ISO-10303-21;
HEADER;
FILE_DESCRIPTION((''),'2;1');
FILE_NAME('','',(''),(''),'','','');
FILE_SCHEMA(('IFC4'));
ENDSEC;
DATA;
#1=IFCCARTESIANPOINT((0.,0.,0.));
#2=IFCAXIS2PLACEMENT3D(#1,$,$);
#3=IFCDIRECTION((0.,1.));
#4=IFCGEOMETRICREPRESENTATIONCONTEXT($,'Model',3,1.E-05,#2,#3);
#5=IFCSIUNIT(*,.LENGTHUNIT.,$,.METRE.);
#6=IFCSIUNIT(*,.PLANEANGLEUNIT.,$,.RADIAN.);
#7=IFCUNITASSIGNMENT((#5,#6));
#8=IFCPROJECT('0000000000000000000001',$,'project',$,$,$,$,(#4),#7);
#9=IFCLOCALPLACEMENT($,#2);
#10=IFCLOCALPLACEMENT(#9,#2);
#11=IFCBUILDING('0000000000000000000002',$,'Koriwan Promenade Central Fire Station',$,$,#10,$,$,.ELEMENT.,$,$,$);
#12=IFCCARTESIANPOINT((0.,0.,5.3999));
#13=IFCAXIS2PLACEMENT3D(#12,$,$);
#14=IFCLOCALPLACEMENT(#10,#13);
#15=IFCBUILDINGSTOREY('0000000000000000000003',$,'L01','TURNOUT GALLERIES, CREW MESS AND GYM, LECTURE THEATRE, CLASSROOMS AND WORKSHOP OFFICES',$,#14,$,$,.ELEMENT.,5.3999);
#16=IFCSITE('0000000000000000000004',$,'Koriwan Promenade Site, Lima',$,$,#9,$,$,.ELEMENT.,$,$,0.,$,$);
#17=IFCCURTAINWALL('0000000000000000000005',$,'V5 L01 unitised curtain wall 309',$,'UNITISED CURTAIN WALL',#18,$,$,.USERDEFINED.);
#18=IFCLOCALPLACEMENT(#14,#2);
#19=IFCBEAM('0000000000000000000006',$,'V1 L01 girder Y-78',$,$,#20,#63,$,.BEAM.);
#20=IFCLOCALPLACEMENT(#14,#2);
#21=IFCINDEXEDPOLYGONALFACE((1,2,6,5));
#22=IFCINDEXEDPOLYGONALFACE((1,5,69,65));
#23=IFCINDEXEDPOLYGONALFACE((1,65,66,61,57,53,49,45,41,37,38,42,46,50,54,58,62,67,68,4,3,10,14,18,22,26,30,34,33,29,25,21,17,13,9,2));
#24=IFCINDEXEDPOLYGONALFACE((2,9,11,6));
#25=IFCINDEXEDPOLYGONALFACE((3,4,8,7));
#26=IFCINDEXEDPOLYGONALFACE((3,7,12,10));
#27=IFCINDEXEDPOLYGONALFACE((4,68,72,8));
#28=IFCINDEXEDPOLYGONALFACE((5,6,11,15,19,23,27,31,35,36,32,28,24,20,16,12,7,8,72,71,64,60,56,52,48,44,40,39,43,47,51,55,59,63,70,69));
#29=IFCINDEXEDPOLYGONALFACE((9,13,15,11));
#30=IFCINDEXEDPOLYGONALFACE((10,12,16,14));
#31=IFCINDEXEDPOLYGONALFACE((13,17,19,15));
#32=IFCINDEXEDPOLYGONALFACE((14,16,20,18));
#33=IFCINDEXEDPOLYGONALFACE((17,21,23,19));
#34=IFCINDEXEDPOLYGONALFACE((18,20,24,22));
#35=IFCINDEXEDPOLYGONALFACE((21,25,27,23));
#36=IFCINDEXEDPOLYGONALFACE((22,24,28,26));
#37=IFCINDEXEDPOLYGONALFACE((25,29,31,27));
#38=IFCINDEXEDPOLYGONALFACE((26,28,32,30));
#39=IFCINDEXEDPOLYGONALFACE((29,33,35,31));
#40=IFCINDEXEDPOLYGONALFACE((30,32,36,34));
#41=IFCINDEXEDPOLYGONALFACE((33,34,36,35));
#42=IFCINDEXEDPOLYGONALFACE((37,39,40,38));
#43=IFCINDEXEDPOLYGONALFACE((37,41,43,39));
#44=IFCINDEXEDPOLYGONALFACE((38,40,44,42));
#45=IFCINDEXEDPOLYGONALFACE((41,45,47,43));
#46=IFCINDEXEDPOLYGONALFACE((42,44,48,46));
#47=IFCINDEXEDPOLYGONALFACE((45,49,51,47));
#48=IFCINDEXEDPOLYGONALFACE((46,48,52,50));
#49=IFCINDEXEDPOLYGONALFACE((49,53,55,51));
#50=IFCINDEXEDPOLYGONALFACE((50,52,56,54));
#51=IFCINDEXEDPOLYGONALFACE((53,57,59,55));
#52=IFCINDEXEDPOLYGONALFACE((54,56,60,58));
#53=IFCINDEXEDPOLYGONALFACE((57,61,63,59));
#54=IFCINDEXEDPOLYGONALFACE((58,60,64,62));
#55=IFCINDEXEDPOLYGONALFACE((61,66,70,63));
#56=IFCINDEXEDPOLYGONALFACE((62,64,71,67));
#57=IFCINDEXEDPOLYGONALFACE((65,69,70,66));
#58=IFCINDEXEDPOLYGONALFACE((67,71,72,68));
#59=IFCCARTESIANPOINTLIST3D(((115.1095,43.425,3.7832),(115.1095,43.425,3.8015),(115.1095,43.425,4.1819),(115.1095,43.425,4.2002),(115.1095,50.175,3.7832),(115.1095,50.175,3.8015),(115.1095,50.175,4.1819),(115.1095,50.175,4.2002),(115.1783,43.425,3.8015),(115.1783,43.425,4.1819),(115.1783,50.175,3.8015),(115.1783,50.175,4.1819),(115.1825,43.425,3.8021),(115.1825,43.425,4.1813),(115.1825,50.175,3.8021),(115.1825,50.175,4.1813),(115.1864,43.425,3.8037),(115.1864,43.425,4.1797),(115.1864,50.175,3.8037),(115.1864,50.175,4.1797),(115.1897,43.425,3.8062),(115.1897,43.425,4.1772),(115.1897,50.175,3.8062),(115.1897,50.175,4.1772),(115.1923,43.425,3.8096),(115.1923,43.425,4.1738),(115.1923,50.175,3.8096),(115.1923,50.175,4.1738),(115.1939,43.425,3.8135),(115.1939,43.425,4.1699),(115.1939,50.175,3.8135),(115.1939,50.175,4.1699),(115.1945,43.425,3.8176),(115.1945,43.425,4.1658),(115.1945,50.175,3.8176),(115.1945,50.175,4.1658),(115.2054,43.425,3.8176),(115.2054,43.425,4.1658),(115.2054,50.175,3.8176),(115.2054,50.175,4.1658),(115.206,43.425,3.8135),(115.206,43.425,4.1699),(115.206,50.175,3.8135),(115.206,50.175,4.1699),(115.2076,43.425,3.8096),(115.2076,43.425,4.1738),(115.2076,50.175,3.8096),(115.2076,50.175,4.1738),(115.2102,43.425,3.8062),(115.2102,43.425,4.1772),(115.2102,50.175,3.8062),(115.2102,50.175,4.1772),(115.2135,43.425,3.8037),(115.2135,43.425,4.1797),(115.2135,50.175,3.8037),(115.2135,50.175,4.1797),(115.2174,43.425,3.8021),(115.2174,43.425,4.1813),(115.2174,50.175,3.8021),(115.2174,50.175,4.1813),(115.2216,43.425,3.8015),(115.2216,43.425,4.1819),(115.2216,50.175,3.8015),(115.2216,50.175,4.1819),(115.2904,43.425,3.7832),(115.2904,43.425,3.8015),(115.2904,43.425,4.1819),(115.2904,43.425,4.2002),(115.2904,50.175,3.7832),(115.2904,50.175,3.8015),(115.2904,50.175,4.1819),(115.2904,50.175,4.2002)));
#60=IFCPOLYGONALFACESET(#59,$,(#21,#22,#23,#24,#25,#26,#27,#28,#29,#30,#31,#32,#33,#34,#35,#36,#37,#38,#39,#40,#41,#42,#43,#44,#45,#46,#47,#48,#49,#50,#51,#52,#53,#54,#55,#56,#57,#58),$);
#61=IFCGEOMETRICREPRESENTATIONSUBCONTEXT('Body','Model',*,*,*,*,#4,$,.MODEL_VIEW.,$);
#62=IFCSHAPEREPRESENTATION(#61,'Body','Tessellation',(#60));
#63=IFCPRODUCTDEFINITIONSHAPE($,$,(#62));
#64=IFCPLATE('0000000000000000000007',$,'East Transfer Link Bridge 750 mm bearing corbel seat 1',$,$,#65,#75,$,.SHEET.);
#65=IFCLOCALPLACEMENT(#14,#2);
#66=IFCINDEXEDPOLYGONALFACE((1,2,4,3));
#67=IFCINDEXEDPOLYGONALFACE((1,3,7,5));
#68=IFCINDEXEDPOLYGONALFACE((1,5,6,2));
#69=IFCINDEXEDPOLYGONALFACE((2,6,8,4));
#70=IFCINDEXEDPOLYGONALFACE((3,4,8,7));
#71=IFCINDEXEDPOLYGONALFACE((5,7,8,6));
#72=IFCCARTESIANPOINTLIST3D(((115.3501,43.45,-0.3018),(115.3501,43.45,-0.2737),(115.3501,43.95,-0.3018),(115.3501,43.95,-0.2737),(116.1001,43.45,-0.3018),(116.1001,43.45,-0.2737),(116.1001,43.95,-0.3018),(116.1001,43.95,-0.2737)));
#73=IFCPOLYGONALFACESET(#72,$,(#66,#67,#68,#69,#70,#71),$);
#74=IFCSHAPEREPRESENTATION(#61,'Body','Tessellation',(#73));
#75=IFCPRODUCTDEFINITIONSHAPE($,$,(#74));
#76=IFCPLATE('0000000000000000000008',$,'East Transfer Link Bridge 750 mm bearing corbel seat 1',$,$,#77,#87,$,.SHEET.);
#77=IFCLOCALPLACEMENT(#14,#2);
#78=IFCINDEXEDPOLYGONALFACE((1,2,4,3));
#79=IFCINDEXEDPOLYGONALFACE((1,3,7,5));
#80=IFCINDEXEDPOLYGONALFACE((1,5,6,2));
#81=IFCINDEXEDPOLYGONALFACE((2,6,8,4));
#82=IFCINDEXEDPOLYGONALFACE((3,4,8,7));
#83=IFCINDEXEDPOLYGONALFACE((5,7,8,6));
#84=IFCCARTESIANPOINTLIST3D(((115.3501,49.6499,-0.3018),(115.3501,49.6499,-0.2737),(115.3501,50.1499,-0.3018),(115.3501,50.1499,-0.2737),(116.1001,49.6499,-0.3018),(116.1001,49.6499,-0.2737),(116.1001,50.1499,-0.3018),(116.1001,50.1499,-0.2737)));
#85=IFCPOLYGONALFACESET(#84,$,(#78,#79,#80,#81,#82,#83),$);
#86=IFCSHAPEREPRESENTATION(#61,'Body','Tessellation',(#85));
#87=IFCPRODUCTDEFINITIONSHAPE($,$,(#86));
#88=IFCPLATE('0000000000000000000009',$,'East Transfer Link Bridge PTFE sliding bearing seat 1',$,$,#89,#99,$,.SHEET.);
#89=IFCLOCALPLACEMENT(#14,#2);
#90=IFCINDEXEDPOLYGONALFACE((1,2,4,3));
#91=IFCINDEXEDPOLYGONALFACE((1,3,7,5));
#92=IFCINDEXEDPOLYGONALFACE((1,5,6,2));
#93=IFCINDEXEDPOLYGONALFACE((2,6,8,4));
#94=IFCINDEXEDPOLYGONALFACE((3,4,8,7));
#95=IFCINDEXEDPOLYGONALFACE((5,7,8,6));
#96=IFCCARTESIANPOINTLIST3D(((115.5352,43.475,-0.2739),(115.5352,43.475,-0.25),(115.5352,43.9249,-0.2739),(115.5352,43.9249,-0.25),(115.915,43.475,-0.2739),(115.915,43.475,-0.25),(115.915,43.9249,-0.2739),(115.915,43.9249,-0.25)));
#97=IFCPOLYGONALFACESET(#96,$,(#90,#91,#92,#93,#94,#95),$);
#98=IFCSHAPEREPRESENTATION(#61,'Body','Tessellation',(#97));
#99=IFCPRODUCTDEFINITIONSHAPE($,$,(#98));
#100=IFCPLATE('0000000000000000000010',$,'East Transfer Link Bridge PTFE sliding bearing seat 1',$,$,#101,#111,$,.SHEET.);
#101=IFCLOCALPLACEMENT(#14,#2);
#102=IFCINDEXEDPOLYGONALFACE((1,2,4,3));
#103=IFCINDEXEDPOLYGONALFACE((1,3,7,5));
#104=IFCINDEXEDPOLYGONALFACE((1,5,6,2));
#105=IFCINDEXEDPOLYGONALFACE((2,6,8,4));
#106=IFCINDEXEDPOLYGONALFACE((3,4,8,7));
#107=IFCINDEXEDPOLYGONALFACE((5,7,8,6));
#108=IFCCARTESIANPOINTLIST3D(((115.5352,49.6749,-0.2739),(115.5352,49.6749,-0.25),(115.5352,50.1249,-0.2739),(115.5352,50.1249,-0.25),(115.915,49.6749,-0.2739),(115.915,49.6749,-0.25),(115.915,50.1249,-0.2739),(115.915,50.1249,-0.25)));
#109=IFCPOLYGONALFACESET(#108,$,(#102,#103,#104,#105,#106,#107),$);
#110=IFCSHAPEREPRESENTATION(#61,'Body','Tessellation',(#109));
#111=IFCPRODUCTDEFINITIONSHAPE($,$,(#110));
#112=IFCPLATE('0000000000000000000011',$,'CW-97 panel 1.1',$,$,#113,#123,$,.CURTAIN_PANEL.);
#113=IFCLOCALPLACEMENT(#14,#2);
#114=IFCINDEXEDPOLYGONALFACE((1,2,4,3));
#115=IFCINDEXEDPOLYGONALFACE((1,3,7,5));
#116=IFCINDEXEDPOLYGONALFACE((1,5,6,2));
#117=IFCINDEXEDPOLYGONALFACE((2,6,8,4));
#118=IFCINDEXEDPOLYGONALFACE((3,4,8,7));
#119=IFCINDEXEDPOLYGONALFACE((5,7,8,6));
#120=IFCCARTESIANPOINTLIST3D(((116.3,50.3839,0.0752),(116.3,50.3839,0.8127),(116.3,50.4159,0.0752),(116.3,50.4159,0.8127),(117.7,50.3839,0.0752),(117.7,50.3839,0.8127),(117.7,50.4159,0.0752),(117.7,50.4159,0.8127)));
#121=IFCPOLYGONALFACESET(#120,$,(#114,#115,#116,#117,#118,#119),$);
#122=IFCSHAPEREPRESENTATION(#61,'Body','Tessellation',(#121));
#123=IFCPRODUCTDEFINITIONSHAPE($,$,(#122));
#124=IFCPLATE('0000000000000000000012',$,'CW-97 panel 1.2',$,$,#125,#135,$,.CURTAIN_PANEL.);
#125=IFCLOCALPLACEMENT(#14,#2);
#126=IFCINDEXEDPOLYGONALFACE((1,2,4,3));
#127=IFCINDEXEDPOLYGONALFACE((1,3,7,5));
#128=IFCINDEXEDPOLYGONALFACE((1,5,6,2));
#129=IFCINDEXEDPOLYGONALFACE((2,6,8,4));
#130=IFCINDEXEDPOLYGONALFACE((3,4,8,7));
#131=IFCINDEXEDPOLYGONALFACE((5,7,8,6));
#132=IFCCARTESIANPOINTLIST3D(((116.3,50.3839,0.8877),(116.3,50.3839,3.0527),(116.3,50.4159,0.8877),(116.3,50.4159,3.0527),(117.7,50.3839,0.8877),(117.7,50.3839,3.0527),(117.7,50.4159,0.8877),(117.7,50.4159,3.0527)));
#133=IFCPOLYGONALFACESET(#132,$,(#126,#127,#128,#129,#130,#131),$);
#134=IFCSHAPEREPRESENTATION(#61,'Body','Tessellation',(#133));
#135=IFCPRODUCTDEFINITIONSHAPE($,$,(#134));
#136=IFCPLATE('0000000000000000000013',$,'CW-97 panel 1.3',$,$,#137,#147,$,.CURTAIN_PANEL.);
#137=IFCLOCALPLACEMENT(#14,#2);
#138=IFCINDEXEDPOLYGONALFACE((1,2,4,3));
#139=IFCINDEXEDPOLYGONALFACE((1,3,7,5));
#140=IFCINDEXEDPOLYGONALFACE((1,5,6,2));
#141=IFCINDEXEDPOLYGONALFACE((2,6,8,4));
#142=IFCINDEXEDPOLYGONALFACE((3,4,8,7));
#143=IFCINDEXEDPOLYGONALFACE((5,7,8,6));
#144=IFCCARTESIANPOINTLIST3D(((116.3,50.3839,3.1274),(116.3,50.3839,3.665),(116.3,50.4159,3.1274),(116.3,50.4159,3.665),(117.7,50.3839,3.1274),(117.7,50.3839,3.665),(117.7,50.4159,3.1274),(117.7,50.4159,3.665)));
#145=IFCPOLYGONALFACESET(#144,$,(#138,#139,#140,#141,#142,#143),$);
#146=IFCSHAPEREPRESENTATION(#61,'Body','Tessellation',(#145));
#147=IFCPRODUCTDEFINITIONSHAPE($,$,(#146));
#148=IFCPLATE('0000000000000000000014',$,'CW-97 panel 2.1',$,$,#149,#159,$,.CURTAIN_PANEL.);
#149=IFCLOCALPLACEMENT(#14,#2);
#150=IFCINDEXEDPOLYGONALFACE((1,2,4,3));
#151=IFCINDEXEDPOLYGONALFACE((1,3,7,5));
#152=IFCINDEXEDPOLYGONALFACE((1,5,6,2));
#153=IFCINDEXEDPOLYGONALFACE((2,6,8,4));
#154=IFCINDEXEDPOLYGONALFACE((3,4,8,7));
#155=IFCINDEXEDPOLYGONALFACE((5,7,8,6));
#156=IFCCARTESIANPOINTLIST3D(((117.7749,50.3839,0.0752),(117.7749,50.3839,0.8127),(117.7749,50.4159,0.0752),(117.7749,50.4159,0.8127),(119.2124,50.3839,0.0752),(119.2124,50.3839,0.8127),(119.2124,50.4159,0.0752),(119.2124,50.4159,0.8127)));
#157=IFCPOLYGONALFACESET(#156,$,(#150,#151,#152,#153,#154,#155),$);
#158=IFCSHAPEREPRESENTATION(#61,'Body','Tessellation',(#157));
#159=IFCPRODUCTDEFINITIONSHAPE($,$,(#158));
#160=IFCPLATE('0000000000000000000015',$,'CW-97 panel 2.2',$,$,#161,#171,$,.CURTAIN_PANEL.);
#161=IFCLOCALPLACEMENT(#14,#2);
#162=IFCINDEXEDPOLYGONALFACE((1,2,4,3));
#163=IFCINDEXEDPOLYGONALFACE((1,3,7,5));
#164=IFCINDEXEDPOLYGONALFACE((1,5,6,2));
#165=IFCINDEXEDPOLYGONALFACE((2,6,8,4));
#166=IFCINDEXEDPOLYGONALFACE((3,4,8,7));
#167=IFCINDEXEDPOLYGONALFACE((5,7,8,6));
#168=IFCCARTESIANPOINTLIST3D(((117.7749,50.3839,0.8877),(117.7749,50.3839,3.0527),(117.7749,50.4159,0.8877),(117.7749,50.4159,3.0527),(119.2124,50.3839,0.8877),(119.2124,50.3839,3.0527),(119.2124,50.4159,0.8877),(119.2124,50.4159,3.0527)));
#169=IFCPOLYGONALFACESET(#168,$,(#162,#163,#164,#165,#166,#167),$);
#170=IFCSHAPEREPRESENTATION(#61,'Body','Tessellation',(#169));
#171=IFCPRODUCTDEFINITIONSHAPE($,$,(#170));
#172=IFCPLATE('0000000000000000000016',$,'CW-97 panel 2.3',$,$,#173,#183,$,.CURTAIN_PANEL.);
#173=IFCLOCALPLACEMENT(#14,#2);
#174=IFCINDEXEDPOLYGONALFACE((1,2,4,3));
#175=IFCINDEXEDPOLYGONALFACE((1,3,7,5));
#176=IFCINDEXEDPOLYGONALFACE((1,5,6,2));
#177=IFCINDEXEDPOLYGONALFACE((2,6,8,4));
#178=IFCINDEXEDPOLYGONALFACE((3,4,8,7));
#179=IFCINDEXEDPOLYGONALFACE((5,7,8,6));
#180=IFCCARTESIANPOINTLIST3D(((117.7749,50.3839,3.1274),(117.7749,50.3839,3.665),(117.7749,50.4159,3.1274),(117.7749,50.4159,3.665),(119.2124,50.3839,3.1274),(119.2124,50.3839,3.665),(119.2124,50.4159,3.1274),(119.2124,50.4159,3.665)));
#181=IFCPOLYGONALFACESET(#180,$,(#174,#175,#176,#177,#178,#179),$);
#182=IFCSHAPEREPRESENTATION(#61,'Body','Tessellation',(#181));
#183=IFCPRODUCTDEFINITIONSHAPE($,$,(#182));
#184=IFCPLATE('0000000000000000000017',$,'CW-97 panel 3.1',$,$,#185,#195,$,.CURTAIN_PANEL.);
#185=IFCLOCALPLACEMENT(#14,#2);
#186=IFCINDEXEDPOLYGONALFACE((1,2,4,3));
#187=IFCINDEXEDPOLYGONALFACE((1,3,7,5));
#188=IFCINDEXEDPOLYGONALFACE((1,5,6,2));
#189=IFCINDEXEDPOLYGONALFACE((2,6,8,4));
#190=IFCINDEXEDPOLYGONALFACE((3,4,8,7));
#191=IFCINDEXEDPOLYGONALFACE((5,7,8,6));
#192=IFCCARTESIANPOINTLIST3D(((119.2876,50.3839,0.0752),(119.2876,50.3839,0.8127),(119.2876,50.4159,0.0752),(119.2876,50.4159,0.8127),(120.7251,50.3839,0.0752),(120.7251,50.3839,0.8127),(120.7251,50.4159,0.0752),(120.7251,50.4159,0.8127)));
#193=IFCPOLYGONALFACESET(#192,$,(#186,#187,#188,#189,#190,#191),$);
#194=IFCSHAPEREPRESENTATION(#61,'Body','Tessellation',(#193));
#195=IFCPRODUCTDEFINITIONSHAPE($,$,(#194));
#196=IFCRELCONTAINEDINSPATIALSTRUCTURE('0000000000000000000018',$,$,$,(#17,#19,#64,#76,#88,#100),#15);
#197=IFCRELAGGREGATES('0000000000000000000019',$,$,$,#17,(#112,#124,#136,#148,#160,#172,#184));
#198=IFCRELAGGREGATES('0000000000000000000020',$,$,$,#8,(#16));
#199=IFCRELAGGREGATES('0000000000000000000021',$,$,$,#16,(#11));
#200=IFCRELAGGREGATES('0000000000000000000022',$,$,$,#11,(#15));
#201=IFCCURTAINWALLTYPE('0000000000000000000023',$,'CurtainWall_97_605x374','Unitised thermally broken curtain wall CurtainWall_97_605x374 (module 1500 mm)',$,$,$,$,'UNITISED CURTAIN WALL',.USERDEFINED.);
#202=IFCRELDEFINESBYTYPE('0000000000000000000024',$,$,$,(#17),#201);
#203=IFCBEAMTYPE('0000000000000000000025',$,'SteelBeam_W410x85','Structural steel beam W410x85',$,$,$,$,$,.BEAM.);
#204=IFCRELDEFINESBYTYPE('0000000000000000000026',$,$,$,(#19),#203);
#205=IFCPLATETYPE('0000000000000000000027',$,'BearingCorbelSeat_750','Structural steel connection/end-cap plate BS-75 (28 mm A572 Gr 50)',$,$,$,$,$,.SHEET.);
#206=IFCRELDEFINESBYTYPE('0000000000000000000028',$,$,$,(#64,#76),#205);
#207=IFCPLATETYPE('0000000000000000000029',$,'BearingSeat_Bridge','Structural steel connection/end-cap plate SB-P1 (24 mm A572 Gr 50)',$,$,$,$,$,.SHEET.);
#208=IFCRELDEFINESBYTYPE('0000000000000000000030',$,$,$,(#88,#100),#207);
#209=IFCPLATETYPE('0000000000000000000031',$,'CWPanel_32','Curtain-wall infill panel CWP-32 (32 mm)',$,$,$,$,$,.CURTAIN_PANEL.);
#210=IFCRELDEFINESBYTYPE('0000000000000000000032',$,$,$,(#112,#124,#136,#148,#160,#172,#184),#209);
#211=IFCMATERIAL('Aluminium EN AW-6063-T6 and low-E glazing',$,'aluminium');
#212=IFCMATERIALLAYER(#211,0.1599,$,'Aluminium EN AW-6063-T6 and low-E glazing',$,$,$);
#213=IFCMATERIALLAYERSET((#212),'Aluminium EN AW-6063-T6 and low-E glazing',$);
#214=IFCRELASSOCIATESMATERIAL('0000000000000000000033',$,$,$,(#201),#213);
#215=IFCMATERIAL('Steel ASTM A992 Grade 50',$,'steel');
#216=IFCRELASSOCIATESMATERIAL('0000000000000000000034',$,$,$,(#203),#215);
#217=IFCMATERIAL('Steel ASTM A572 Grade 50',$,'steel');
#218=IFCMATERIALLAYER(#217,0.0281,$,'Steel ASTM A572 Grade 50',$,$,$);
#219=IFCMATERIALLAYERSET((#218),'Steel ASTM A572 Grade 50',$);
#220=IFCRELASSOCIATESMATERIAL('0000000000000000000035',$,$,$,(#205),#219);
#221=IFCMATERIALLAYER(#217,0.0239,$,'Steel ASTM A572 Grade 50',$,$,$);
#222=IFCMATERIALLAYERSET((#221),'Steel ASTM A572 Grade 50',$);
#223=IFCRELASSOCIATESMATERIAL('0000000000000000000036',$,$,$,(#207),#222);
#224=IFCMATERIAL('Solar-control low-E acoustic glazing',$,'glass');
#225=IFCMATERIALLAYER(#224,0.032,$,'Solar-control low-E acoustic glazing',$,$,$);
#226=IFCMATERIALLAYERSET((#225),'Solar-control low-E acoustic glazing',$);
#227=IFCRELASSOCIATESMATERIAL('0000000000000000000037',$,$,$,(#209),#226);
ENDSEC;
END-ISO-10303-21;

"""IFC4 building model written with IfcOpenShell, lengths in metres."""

from ifc_helpers import new_model, si_unit, direction, frame, origin, origin_2d, place, context, subcontext, project, spatial, rectangle, i_section, extrude, material, layer, layer_set, material_profile, profile_set, type_object, element, aggregate, save


model = new_model("IFC4")

# Units and contexts
model_context = context("Model", 3, precision=1e-05, world=origin(), true_north=direction((0.0, 1.0)))
body_context = subcontext(model_context, "Body", "Model", "MODEL_VIEW")
ifc_project = project(units=[si_unit("LENGTHUNIT", "METRE"), si_unit("PLANEANGLEUNIT", "RADIAN")], contexts=[model_context])

# Site, building, storey
site_placement = place(None, origin())
site = spatial("IfcSite", under=ifc_project, at=site_placement, Name="Koriwan Promenade Site, Lima", CompositionType="ELEMENT", RefElevation=0.0)
building_placement = place(site_placement, origin())
building = spatial("IfcBuilding", under=site, at=building_placement, Name="Koriwan Promenade Central Fire Station", CompositionType="ELEMENT")
storey_placement = place(building_placement, frame((0.0, 0.0, 5.3999)))
storey = spatial("IfcBuildingStorey", under=building, at=storey_placement, Name="L01", Description="TURNOUT GALLERIES, CREW MESS AND GYM, LECTURE THEATRE, CLASSROOMS AND WORKSHOP OFFICES", CompositionType="ELEMENT", Elevation=5.3999)

# Curtain wall
ifc_material_1 = material(Name="Aluminium EN AW-6063-T6 and low-E glazing", Category="aluminium")
ifc_layer_1 = layer(ifc_material_1, 0.1599, Name="Aluminium EN AW-6063-T6 and low-E glazing")
ifc_layer_set_1 = layer_set([ifc_layer_1], Name="Aluminium EN AW-6063-T6 and low-E glazing")
curtain_wall_type = type_object("IfcCurtainWallType", Name="CurtainWall_97_605x374", Description="Unitised thermally broken curtain wall CurtainWall_97_605x374 (module 1500 mm)", ElementType="UNITISED CURTAIN WALL", PredefinedType="USERDEFINED", material=ifc_layer_set_1)
curtain_wall_placement = place(storey_placement, origin())
curtain_wall = element("IfcCurtainWall", 1, at=curtain_wall_placement, inside=storey, type_object=curtain_wall_type, Name="V5 L01 unitised curtain wall 309", ObjectType="UNITISED CURTAIN WALL", PredefinedType="USERDEFINED")

# Beam
ifc_material_2 = material(Name="Steel ASTM A992 Grade 50", Category="steel")
ifc_material_profile_1 = material_profile(ifc_material_2, i_section(OverallWidth=0.1809, OverallDepth=0.417, WebThickness=0.011, FlangeThickness=0.0183, FilletRadius=0.0161, at=origin_2d()), Name="W410x85")
ifc_profile_set_1 = profile_set([ifc_material_profile_1], Name="Steel ASTM A992 Grade 50")
beam_type_1 = type_object("IfcBeamType", Name="SteelBeam_W410x85", Description="Structural steel beam W410x85", PredefinedType="BEAM", material=ifc_profile_set_1)
beam_1_placement = place(storey_placement, frame((115.2, 43.425, 3.9917), z_axis=(0.0, 1.0, 0.0), x_axis=(-1.0, 0.0, 0.0)))
element("IfcBeam", 2, at=beam_1_placement, inside=storey, type_object=beam_type_1, Name="V1 L01 girder Y-78", PredefinedType="BEAM", context=body_context, shape_type="SweptSolid", body=[
    extrude(i_section(OverallWidth=0.1809, OverallDepth=0.417, WebThickness=0.011, FlangeThickness=0.0183, FilletRadius=0.0161, at=origin_2d()), origin(), (0.0, 0.0, 1.0), 6.75),
])

# Plates
ifc_material_3 = material(Name="Steel ASTM A572 Grade 50", Category="steel")
ifc_layer_2 = layer(ifc_material_3, 0.0281, Name="Steel ASTM A572 Grade 50")
ifc_layer_set_2 = layer_set([ifc_layer_2], Name="Steel ASTM A572 Grade 50")
plate_type_1 = type_object("IfcPlateType", Name="BearingCorbelSeat_750", Description="Structural steel connection/end-cap plate BS-75 (28 mm A572 Gr 50)", PredefinedType="SHEET", material=ifc_layer_set_2)
for number, where, z_axis, x_axis, name in (
    (3, (115.7251, 43.7, -0.3018), (0.0, 0.0, 1.0), (1.0, 0.0, 0.0), "East Transfer Link Bridge 750 mm bearing corbel seat 1"),
    (4, (115.7251, 49.8999, -0.3018), (0.0, 0.0, 1.0), (1.0, 0.0, 0.0), "East Transfer Link Bridge 750 mm bearing corbel seat 1"),
):
    element("IfcPlate", number, at=place(storey_placement, frame(where, z_axis=z_axis, x_axis=x_axis)), inside=storey, type_object=plate_type_1, Name=name, PredefinedType="SHEET", context=body_context, shape_type="SweptSolid", body=[
        extrude(rectangle(XDim=0.75, YDim=0.5, at=origin_2d()), origin(), (0.0, 0.0, 1.0), 0.0281),
    ])
ifc_layer_3 = layer(ifc_material_3, 0.0239, Name="Steel ASTM A572 Grade 50")
ifc_layer_set_3 = layer_set([ifc_layer_3], Name="Steel ASTM A572 Grade 50")
plate_type_2 = type_object("IfcPlateType", Name="BearingSeat_Bridge", Description="Structural steel connection/end-cap plate SB-P1 (24 mm A572 Gr 50)", PredefinedType="SHEET", material=ifc_layer_set_3)
for number, where, z_axis, x_axis, name in (
    (5, (115.7251, 43.7, -0.2739), (0.0, 0.0, 1.0), (1.0, 0.0, 0.0), "East Transfer Link Bridge PTFE sliding bearing seat 1"),
    (6, (115.7251, 49.8999, -0.2739), (0.0, 0.0, 1.0), (1.0, 0.0, 0.0), "East Transfer Link Bridge PTFE sliding bearing seat 1"),
):
    element("IfcPlate", number, at=place(storey_placement, frame(where, z_axis=z_axis, x_axis=x_axis)), inside=storey, type_object=plate_type_2, Name=name, PredefinedType="SHEET", context=body_context, shape_type="SweptSolid", body=[
        extrude(rectangle(XDim=0.3799, YDim=0.45, at=origin_2d()), origin(), (0.0, 0.0, 1.0), 0.0239),
    ])

# Plates
ifc_material_4 = material(Name="Solar-control low-E acoustic glazing", Category="glass")
ifc_layer_4 = layer(ifc_material_4, 0.032, Name="Solar-control low-E acoustic glazing")
ifc_layer_set_4 = layer_set([ifc_layer_4], Name="Solar-control low-E acoustic glazing")
plate_type_3 = type_object("IfcPlateType", Name="CWPanel_32", Description="Curtain-wall infill panel CWP-32 (32 mm)", PredefinedType="CURTAIN_PANEL", material=ifc_layer_set_4)
plate_1_placement = place(storey_placement, frame((117.0, 50.3999, 0.0752), z_axis=(0.0, 0.0, 1.0), x_axis=(1.0, 0.0, 0.0)))
plate_1 = element("IfcPlate", 7, at=plate_1_placement, type_object=plate_type_3, Name="CW-97 panel 1.1", PredefinedType="CURTAIN_PANEL", context=body_context, shape_type="SweptSolid", body=[
    extrude(rectangle(XDim=1.3999, YDim=0.032, at=origin_2d()), origin(), (0.0, 0.0, 1.0), 0.7375),
])
plate_2_placement = place(storey_placement, frame((117.0, 50.3999, 0.8877), z_axis=(0.0, 0.0, 1.0), x_axis=(1.0, 0.0, 0.0)))
plate_2 = element("IfcPlate", 8, at=plate_2_placement, type_object=plate_type_3, Name="CW-97 panel 1.2", PredefinedType="CURTAIN_PANEL", context=body_context, shape_type="SweptSolid", body=[
    extrude(rectangle(XDim=1.3999, YDim=0.032, at=origin_2d()), origin(), (0.0, 0.0, 1.0), 2.165),
])
plate_3_placement = place(storey_placement, frame((117.0, 50.3999, 3.1274), z_axis=(0.0, 0.0, 1.0), x_axis=(1.0, 0.0, 0.0)))
plate_3 = element("IfcPlate", 9, at=plate_3_placement, type_object=plate_type_3, Name="CW-97 panel 1.3", PredefinedType="CURTAIN_PANEL", context=body_context, shape_type="SweptSolid", body=[
    extrude(rectangle(XDim=1.3999, YDim=0.032, at=origin_2d()), origin(), (0.0, 0.0, 1.0), 0.5376),
])
plate_4_placement = place(storey_placement, frame((118.4937, 50.3999, 0.0752), z_axis=(0.0, 0.0, 1.0), x_axis=(1.0, 0.0, 0.0)))
plate_4 = element("IfcPlate", 10, at=plate_4_placement, type_object=plate_type_3, Name="CW-97 panel 2.1", PredefinedType="CURTAIN_PANEL", context=body_context, shape_type="SweptSolid", body=[
    extrude(rectangle(XDim=1.4375, YDim=0.032, at=origin_2d()), origin(), (0.0, 0.0, 1.0), 0.7375),
])
plate_5_placement = place(storey_placement, frame((118.4937, 50.3999, 0.8877), z_axis=(0.0, 0.0, 1.0), x_axis=(1.0, 0.0, 0.0)))
plate_5 = element("IfcPlate", 11, at=plate_5_placement, type_object=plate_type_3, Name="CW-97 panel 2.2", PredefinedType="CURTAIN_PANEL", context=body_context, shape_type="SweptSolid", body=[
    extrude(rectangle(XDim=1.4375, YDim=0.032, at=origin_2d()), origin(), (0.0, 0.0, 1.0), 2.165),
])
plate_6_placement = place(storey_placement, frame((118.4937, 50.3999, 3.1274), z_axis=(0.0, 0.0, 1.0), x_axis=(1.0, 0.0, 0.0)))
plate_6 = element("IfcPlate", 12, at=plate_6_placement, type_object=plate_type_3, Name="CW-97 panel 2.3", PredefinedType="CURTAIN_PANEL", context=body_context, shape_type="SweptSolid", body=[
    extrude(rectangle(XDim=1.4375, YDim=0.032, at=origin_2d()), origin(), (0.0, 0.0, 1.0), 0.5376),
])
plate_7_placement = place(storey_placement, frame((120.0063, 50.3999, 0.0752), z_axis=(0.0, 0.0, 1.0), x_axis=(1.0, 0.0, 0.0)))
plate_7 = element("IfcPlate", 13, at=plate_7_placement, type_object=plate_type_3, Name="CW-97 panel 3.1", PredefinedType="CURTAIN_PANEL", context=body_context, shape_type="SweptSolid", body=[
    extrude(rectangle(XDim=1.4375, YDim=0.032, at=origin_2d()), origin(), (0.0, 0.0, 1.0), 0.7375),
])
aggregate(curtain_wall, [plate_1, plate_2, plate_3, plate_4, plate_5, plate_6, plate_7])

save(model, "model.ifc")
